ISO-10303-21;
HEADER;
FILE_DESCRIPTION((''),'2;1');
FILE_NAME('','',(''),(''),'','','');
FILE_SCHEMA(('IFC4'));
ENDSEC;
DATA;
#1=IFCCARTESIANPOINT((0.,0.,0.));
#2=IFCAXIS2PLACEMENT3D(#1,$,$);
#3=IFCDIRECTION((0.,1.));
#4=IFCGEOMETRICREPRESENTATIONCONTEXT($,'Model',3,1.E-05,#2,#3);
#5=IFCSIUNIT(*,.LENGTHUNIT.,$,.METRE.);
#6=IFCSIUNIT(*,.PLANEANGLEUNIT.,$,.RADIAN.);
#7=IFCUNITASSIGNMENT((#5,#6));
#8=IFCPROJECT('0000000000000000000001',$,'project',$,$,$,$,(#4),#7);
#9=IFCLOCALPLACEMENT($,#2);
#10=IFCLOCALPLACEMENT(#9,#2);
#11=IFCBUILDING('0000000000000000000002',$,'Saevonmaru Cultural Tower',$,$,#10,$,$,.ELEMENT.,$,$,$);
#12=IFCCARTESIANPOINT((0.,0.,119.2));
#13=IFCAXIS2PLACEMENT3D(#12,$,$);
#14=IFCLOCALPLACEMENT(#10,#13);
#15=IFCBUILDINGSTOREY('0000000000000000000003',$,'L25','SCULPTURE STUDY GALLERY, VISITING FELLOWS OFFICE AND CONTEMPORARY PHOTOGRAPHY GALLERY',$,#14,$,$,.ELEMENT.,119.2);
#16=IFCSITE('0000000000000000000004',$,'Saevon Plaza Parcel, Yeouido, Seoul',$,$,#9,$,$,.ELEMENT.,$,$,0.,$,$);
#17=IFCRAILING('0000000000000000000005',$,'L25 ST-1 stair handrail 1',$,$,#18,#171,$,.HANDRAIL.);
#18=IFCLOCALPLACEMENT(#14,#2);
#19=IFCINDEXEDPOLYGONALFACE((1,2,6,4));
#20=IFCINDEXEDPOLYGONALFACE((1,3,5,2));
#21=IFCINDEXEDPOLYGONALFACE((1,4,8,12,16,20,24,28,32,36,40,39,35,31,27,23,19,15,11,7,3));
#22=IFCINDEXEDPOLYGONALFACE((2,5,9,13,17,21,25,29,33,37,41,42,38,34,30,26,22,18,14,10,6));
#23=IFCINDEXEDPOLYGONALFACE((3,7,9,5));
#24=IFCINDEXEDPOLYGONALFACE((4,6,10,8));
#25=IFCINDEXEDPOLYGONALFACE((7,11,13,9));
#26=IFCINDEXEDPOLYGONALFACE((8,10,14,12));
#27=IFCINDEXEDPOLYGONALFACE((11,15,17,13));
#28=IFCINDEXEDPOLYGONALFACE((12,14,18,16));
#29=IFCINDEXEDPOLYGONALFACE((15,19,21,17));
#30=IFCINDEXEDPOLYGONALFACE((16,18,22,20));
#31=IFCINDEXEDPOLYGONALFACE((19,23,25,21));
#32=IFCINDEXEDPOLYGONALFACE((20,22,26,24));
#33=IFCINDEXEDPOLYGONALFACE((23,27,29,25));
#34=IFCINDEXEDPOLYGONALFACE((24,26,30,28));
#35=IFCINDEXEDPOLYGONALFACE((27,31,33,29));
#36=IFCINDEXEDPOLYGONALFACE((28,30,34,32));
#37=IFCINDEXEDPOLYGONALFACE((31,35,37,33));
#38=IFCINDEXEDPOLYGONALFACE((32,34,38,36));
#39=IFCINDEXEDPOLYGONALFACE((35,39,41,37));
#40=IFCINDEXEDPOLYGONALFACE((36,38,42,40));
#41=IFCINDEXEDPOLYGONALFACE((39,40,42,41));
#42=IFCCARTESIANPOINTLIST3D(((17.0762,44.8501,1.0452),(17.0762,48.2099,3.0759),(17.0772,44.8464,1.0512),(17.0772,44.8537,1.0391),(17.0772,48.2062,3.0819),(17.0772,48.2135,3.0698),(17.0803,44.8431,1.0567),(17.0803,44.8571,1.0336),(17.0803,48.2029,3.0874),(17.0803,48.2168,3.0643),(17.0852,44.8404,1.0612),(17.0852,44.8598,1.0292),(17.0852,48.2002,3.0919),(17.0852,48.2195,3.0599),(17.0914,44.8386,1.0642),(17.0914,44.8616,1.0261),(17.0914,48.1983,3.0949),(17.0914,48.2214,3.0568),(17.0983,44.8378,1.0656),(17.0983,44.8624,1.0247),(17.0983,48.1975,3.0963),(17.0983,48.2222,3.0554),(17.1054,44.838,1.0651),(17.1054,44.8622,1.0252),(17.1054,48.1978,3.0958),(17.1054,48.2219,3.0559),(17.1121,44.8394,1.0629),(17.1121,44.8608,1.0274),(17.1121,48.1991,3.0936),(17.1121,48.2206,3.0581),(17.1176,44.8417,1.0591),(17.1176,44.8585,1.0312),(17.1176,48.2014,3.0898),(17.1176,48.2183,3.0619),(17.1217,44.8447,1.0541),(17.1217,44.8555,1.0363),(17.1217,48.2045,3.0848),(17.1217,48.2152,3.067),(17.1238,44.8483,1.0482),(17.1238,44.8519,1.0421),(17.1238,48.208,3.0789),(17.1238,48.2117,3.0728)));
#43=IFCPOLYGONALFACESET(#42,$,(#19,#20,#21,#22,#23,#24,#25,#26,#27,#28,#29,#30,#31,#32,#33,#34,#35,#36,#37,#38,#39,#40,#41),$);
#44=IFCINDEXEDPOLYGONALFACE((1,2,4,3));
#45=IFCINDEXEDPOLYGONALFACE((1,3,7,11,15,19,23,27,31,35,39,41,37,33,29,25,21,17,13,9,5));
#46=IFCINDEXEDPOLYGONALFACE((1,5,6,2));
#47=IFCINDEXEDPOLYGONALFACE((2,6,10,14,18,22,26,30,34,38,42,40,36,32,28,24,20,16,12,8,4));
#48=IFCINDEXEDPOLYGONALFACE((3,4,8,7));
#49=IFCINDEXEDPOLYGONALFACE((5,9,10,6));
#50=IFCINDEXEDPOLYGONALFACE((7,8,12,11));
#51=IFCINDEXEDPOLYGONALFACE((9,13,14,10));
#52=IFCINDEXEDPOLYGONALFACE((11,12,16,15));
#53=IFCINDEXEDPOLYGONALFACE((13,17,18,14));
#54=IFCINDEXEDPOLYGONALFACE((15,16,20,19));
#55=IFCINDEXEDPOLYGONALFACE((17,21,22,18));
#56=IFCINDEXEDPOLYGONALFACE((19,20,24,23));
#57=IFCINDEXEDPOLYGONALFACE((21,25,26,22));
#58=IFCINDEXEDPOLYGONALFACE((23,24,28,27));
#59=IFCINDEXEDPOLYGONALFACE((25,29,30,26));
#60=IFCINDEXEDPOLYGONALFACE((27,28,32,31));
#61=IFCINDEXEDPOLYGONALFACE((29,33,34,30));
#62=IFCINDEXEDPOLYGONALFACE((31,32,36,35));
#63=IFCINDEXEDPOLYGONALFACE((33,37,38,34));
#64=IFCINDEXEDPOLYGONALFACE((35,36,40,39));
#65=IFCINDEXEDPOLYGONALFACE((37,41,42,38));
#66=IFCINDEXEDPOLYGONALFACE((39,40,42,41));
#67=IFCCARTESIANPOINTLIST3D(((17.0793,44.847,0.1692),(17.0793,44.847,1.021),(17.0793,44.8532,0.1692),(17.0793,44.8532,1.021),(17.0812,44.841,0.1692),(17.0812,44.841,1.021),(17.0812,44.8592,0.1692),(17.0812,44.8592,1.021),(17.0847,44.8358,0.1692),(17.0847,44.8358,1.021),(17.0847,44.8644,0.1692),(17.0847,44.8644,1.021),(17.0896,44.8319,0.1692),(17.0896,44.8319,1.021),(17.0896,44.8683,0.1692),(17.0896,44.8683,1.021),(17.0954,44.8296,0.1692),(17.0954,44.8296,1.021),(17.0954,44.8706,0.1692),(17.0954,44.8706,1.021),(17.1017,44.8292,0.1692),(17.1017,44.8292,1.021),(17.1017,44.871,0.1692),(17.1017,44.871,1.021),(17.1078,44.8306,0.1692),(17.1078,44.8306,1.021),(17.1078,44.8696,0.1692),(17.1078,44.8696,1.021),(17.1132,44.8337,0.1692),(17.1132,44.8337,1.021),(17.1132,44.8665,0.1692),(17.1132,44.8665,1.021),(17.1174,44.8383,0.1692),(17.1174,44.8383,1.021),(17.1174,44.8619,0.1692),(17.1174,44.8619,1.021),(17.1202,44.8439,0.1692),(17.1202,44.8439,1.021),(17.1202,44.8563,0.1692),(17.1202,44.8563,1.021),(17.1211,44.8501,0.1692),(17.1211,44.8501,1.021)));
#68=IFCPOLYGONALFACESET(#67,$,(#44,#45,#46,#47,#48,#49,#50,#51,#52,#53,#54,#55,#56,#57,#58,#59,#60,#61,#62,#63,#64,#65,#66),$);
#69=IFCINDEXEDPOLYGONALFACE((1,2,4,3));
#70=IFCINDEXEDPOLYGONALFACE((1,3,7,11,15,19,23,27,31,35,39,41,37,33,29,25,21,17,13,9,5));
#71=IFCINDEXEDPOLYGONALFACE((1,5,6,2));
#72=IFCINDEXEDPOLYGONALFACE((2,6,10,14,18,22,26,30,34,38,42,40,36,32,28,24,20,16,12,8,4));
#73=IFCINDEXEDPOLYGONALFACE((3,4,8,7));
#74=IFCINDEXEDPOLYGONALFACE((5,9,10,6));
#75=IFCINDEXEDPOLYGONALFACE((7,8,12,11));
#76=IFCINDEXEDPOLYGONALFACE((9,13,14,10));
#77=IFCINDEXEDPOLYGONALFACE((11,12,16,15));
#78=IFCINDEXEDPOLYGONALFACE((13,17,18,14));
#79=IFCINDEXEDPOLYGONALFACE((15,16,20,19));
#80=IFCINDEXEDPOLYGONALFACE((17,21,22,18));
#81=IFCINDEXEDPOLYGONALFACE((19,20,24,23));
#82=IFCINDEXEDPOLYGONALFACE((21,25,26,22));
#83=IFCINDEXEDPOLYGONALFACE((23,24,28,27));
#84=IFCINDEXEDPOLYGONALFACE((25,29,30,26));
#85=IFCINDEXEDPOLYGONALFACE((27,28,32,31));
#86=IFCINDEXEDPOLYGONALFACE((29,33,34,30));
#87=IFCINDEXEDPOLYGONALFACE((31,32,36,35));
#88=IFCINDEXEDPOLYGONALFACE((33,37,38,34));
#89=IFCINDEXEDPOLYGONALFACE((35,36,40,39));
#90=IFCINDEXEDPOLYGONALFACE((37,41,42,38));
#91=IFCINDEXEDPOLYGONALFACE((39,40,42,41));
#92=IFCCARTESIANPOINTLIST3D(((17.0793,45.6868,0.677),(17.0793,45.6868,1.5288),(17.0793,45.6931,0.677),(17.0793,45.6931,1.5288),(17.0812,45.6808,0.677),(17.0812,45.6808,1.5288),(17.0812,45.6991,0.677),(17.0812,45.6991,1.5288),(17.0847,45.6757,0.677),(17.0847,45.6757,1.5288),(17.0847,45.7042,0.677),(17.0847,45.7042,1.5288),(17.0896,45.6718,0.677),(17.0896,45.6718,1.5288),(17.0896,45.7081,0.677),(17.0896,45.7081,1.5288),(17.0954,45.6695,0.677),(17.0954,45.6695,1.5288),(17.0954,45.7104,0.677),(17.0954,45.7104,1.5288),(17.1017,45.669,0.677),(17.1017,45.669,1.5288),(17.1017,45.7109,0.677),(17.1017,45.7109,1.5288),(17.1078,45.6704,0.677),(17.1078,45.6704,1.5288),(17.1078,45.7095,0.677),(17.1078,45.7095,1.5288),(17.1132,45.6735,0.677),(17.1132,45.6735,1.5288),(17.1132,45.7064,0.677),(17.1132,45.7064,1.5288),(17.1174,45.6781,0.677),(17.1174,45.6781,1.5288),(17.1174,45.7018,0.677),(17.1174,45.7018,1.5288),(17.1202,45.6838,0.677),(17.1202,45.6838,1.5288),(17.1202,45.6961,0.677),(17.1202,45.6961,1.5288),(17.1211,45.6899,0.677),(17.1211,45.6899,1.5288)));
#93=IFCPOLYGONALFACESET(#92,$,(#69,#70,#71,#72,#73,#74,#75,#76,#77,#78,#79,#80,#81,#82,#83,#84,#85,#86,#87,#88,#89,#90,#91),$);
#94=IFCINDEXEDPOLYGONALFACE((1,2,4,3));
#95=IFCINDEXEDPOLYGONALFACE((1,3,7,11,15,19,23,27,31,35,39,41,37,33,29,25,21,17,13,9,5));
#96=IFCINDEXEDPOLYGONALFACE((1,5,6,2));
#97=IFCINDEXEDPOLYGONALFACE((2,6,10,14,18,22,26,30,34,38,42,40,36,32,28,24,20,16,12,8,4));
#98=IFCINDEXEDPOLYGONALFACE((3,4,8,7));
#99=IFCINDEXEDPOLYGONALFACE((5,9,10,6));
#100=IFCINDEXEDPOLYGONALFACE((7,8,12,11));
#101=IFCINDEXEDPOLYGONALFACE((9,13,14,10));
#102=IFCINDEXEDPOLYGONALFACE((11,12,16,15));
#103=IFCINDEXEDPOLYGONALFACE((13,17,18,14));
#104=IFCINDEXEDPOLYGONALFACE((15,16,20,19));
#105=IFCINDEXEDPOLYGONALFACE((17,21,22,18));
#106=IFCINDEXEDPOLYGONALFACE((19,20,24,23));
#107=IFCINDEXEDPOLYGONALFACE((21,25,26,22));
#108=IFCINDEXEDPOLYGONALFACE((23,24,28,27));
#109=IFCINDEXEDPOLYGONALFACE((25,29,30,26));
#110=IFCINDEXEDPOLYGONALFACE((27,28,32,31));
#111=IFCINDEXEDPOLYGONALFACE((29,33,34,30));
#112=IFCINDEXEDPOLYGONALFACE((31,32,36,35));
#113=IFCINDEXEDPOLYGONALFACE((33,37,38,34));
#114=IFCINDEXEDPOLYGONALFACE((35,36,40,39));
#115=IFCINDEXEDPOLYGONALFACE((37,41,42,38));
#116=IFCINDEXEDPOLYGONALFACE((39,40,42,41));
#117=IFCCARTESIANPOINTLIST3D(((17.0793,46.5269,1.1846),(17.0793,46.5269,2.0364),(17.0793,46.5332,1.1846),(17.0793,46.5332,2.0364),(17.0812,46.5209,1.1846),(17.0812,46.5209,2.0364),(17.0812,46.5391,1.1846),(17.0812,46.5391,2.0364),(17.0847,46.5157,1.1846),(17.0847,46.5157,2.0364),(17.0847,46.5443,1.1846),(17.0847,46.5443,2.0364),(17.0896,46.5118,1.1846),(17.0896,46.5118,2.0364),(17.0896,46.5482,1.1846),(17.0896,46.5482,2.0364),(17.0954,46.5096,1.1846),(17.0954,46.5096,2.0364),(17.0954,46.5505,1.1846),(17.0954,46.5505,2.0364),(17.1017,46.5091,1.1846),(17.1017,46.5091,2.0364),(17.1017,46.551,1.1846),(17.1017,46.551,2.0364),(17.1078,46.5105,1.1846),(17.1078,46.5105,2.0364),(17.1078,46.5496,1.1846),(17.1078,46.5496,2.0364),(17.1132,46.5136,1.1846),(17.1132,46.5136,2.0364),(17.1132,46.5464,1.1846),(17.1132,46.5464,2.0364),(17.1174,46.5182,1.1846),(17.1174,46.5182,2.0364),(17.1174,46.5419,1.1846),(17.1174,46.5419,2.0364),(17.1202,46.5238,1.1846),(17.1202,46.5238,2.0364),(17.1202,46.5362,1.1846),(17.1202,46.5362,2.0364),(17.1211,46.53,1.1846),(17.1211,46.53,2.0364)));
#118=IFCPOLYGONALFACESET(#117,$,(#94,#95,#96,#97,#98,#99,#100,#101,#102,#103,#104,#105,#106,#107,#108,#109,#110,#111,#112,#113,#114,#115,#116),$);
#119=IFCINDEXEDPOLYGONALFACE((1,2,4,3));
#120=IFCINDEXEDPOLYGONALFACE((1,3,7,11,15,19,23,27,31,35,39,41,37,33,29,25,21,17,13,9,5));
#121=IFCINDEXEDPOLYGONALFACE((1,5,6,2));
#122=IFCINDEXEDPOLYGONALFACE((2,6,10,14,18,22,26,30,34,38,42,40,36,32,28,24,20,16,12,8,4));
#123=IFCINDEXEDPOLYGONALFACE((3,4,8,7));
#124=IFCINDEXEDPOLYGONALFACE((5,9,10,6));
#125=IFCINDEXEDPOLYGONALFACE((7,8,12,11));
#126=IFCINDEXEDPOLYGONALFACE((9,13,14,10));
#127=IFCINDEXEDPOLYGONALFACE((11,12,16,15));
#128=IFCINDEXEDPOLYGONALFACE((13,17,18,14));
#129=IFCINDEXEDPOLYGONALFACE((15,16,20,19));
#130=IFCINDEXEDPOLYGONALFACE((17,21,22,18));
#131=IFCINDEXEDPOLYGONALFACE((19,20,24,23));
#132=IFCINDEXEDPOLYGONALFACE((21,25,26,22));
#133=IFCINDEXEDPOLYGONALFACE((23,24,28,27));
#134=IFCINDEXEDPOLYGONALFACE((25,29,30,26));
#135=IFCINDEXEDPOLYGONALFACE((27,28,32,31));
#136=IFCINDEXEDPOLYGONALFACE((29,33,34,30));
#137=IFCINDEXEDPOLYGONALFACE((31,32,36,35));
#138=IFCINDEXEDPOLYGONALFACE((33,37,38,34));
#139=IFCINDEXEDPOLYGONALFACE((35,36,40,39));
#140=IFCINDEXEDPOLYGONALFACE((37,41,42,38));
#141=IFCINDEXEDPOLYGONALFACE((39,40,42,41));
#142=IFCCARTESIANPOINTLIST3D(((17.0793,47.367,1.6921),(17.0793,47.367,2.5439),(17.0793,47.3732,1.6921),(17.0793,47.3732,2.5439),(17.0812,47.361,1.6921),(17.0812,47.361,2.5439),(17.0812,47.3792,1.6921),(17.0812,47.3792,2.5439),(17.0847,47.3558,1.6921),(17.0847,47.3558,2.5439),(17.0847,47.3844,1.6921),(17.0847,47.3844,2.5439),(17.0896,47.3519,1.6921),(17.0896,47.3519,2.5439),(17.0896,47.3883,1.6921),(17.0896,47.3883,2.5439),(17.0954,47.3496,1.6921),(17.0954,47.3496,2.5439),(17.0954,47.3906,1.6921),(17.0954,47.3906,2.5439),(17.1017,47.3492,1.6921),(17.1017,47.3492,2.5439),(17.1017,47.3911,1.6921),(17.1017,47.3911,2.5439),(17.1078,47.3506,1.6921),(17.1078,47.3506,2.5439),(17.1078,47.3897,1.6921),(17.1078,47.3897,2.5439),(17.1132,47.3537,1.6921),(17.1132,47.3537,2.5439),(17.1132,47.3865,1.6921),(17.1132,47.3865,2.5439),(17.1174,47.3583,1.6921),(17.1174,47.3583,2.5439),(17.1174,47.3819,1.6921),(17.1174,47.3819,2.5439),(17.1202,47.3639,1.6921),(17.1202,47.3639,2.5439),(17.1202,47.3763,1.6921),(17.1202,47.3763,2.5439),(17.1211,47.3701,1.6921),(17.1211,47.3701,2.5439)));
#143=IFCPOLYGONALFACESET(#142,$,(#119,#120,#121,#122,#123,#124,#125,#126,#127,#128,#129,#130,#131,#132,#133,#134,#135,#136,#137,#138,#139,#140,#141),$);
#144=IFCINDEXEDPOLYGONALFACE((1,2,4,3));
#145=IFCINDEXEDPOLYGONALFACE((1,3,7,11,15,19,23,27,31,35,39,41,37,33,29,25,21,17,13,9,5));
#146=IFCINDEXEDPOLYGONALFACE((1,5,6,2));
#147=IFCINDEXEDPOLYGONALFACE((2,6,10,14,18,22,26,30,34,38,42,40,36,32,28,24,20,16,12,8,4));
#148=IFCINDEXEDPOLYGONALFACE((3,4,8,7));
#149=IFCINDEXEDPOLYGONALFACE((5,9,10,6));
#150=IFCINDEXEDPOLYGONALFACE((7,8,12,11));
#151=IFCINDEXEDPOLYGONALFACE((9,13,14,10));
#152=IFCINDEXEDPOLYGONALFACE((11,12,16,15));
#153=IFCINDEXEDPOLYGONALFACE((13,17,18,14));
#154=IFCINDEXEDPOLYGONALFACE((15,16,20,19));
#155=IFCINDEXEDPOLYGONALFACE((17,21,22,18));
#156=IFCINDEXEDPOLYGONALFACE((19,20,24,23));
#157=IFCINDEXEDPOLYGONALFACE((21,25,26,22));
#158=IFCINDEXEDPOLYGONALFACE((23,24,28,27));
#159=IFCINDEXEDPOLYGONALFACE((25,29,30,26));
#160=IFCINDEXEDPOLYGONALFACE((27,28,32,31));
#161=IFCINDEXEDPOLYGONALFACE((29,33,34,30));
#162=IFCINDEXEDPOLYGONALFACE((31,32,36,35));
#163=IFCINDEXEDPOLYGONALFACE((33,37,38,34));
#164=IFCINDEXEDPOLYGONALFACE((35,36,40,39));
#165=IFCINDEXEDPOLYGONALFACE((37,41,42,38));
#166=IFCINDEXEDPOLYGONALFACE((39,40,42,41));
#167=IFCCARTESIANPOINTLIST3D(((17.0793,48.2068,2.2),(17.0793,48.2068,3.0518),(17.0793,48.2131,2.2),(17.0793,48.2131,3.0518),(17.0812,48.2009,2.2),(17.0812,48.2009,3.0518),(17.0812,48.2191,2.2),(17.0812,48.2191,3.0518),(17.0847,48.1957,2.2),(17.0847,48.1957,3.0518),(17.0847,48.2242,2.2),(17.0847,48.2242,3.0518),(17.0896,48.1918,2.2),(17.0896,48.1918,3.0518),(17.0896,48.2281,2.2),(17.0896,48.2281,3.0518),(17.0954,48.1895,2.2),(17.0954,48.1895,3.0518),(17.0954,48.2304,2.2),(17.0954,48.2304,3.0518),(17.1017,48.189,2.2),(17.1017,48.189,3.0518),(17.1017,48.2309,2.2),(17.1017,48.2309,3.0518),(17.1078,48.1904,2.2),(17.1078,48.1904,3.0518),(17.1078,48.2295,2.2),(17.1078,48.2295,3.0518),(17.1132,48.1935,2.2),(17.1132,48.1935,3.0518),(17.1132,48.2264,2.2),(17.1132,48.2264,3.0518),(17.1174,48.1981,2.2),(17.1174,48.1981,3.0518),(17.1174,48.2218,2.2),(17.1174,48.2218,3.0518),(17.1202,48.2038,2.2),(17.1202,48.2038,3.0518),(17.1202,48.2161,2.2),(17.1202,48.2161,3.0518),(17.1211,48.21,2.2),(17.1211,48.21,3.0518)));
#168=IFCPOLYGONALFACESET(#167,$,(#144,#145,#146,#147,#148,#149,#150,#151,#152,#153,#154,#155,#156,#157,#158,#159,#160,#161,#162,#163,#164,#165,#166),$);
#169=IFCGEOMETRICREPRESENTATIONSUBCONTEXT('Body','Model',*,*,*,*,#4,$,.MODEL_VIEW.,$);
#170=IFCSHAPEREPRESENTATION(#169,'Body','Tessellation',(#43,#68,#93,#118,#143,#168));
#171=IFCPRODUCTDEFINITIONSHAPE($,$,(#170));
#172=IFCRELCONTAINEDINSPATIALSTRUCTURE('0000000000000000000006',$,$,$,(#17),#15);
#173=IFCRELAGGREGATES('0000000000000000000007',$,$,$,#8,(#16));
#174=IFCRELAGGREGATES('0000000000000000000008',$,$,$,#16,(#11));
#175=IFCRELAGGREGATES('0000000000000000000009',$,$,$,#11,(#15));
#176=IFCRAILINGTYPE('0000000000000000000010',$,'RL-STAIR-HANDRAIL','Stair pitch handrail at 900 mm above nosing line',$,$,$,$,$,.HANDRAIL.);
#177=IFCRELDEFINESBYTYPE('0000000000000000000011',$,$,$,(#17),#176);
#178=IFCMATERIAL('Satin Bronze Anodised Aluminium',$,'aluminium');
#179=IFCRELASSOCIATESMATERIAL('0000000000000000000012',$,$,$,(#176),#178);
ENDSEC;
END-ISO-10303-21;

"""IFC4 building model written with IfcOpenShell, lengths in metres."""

from ifc_helpers import new_model, si_unit, direction, frame, origin, origin_2d, place, context, subcontext, project, spatial, circle, extrude, material, type_object, element, save


model = new_model("IFC4")

# Units and contexts
model_context = context("Model", 3, precision=1e-05, world=origin(), true_north=direction((0.0, 1.0)))
body_context = subcontext(model_context, "Body", "Model", "MODEL_VIEW")
ifc_project = project(units=[si_unit("LENGTHUNIT", "METRE"), si_unit("PLANEANGLEUNIT", "RADIAN")], contexts=[model_context])

# Site, building, storey
site_placement = place(None, origin())
site = spatial("IfcSite", under=ifc_project, at=site_placement, Name="Saevon Plaza Parcel, Yeouido, Seoul", CompositionType="ELEMENT", RefElevation=0.0)
building_placement = place(site_placement, origin())
building = spatial("IfcBuilding", under=site, at=building_placement, Name="Saevonmaru Cultural Tower", CompositionType="ELEMENT")
storey_placement = place(building_placement, frame((0.0, 0.0, 119.2)))
storey = spatial("IfcBuildingStorey", under=building, at=storey_placement, Name="L25", Description="SCULPTURE STUDY GALLERY, VISITING FELLOWS OFFICE AND CONTEMPORARY PHOTOGRAPHY GALLERY", CompositionType="ELEMENT", Elevation=119.2)

# Shared definitions
ifc_material_1 = material(Name="Satin Bronze Anodised Aluminium", Category="aluminium")

# Railing
railing_type_1 = type_object("IfcRailingType", Name="RL-STAIR-HANDRAIL", Description="Stair pitch handrail at 900 mm above nosing line", PredefinedType="HANDRAIL", material=ifc_material_1)
railing_1_placement = place(storey_placement, frame((17.1001, 44.8501, 0.1692)))
element("IfcRailing", 1, at=railing_1_placement, inside=storey, type_object=railing_type_1, Name="L25 ST-1 stair handrail 1", PredefinedType="HANDRAIL", context=body_context, shape_type="SweptSolid", body=[
    extrude(circle(Radius=0.0239, at=origin_2d()), frame((0.0, 0.0, 0.876), z_axis=(0.0, 0.85582, 0.517273), x_axis=(-1.0, 0.0, 0.0)), (0.0, 0.0, 1.0), 3.9258),
    extrude(circle(Radius=0.021, at=origin_2d()), origin(), (0.0, 0.0, 1.0), 0.8518),
    extrude(circle(Radius=0.021, at=origin_2d()), frame((0.0, 0.8398, 0.5078)), (0.0, 0.0, 1.0), 0.8518),
    extrude(circle(Radius=0.021, at=origin_2d()), frame((0.0, 1.6799, 1.0154)), (0.0, 0.0, 1.0), 0.8518),
    extrude(circle(Radius=0.021, at=origin_2d()), frame((0.0, 2.52, 1.5229)), (0.0, 0.0, 1.0), 0.8518),
    extrude(circle(Radius=0.021, at=origin_2d()), frame((0.0, 3.3599, 2.0308)), (0.0, 0.0, 1.0), 0.8518),
])

save(model, "model.ifc")
